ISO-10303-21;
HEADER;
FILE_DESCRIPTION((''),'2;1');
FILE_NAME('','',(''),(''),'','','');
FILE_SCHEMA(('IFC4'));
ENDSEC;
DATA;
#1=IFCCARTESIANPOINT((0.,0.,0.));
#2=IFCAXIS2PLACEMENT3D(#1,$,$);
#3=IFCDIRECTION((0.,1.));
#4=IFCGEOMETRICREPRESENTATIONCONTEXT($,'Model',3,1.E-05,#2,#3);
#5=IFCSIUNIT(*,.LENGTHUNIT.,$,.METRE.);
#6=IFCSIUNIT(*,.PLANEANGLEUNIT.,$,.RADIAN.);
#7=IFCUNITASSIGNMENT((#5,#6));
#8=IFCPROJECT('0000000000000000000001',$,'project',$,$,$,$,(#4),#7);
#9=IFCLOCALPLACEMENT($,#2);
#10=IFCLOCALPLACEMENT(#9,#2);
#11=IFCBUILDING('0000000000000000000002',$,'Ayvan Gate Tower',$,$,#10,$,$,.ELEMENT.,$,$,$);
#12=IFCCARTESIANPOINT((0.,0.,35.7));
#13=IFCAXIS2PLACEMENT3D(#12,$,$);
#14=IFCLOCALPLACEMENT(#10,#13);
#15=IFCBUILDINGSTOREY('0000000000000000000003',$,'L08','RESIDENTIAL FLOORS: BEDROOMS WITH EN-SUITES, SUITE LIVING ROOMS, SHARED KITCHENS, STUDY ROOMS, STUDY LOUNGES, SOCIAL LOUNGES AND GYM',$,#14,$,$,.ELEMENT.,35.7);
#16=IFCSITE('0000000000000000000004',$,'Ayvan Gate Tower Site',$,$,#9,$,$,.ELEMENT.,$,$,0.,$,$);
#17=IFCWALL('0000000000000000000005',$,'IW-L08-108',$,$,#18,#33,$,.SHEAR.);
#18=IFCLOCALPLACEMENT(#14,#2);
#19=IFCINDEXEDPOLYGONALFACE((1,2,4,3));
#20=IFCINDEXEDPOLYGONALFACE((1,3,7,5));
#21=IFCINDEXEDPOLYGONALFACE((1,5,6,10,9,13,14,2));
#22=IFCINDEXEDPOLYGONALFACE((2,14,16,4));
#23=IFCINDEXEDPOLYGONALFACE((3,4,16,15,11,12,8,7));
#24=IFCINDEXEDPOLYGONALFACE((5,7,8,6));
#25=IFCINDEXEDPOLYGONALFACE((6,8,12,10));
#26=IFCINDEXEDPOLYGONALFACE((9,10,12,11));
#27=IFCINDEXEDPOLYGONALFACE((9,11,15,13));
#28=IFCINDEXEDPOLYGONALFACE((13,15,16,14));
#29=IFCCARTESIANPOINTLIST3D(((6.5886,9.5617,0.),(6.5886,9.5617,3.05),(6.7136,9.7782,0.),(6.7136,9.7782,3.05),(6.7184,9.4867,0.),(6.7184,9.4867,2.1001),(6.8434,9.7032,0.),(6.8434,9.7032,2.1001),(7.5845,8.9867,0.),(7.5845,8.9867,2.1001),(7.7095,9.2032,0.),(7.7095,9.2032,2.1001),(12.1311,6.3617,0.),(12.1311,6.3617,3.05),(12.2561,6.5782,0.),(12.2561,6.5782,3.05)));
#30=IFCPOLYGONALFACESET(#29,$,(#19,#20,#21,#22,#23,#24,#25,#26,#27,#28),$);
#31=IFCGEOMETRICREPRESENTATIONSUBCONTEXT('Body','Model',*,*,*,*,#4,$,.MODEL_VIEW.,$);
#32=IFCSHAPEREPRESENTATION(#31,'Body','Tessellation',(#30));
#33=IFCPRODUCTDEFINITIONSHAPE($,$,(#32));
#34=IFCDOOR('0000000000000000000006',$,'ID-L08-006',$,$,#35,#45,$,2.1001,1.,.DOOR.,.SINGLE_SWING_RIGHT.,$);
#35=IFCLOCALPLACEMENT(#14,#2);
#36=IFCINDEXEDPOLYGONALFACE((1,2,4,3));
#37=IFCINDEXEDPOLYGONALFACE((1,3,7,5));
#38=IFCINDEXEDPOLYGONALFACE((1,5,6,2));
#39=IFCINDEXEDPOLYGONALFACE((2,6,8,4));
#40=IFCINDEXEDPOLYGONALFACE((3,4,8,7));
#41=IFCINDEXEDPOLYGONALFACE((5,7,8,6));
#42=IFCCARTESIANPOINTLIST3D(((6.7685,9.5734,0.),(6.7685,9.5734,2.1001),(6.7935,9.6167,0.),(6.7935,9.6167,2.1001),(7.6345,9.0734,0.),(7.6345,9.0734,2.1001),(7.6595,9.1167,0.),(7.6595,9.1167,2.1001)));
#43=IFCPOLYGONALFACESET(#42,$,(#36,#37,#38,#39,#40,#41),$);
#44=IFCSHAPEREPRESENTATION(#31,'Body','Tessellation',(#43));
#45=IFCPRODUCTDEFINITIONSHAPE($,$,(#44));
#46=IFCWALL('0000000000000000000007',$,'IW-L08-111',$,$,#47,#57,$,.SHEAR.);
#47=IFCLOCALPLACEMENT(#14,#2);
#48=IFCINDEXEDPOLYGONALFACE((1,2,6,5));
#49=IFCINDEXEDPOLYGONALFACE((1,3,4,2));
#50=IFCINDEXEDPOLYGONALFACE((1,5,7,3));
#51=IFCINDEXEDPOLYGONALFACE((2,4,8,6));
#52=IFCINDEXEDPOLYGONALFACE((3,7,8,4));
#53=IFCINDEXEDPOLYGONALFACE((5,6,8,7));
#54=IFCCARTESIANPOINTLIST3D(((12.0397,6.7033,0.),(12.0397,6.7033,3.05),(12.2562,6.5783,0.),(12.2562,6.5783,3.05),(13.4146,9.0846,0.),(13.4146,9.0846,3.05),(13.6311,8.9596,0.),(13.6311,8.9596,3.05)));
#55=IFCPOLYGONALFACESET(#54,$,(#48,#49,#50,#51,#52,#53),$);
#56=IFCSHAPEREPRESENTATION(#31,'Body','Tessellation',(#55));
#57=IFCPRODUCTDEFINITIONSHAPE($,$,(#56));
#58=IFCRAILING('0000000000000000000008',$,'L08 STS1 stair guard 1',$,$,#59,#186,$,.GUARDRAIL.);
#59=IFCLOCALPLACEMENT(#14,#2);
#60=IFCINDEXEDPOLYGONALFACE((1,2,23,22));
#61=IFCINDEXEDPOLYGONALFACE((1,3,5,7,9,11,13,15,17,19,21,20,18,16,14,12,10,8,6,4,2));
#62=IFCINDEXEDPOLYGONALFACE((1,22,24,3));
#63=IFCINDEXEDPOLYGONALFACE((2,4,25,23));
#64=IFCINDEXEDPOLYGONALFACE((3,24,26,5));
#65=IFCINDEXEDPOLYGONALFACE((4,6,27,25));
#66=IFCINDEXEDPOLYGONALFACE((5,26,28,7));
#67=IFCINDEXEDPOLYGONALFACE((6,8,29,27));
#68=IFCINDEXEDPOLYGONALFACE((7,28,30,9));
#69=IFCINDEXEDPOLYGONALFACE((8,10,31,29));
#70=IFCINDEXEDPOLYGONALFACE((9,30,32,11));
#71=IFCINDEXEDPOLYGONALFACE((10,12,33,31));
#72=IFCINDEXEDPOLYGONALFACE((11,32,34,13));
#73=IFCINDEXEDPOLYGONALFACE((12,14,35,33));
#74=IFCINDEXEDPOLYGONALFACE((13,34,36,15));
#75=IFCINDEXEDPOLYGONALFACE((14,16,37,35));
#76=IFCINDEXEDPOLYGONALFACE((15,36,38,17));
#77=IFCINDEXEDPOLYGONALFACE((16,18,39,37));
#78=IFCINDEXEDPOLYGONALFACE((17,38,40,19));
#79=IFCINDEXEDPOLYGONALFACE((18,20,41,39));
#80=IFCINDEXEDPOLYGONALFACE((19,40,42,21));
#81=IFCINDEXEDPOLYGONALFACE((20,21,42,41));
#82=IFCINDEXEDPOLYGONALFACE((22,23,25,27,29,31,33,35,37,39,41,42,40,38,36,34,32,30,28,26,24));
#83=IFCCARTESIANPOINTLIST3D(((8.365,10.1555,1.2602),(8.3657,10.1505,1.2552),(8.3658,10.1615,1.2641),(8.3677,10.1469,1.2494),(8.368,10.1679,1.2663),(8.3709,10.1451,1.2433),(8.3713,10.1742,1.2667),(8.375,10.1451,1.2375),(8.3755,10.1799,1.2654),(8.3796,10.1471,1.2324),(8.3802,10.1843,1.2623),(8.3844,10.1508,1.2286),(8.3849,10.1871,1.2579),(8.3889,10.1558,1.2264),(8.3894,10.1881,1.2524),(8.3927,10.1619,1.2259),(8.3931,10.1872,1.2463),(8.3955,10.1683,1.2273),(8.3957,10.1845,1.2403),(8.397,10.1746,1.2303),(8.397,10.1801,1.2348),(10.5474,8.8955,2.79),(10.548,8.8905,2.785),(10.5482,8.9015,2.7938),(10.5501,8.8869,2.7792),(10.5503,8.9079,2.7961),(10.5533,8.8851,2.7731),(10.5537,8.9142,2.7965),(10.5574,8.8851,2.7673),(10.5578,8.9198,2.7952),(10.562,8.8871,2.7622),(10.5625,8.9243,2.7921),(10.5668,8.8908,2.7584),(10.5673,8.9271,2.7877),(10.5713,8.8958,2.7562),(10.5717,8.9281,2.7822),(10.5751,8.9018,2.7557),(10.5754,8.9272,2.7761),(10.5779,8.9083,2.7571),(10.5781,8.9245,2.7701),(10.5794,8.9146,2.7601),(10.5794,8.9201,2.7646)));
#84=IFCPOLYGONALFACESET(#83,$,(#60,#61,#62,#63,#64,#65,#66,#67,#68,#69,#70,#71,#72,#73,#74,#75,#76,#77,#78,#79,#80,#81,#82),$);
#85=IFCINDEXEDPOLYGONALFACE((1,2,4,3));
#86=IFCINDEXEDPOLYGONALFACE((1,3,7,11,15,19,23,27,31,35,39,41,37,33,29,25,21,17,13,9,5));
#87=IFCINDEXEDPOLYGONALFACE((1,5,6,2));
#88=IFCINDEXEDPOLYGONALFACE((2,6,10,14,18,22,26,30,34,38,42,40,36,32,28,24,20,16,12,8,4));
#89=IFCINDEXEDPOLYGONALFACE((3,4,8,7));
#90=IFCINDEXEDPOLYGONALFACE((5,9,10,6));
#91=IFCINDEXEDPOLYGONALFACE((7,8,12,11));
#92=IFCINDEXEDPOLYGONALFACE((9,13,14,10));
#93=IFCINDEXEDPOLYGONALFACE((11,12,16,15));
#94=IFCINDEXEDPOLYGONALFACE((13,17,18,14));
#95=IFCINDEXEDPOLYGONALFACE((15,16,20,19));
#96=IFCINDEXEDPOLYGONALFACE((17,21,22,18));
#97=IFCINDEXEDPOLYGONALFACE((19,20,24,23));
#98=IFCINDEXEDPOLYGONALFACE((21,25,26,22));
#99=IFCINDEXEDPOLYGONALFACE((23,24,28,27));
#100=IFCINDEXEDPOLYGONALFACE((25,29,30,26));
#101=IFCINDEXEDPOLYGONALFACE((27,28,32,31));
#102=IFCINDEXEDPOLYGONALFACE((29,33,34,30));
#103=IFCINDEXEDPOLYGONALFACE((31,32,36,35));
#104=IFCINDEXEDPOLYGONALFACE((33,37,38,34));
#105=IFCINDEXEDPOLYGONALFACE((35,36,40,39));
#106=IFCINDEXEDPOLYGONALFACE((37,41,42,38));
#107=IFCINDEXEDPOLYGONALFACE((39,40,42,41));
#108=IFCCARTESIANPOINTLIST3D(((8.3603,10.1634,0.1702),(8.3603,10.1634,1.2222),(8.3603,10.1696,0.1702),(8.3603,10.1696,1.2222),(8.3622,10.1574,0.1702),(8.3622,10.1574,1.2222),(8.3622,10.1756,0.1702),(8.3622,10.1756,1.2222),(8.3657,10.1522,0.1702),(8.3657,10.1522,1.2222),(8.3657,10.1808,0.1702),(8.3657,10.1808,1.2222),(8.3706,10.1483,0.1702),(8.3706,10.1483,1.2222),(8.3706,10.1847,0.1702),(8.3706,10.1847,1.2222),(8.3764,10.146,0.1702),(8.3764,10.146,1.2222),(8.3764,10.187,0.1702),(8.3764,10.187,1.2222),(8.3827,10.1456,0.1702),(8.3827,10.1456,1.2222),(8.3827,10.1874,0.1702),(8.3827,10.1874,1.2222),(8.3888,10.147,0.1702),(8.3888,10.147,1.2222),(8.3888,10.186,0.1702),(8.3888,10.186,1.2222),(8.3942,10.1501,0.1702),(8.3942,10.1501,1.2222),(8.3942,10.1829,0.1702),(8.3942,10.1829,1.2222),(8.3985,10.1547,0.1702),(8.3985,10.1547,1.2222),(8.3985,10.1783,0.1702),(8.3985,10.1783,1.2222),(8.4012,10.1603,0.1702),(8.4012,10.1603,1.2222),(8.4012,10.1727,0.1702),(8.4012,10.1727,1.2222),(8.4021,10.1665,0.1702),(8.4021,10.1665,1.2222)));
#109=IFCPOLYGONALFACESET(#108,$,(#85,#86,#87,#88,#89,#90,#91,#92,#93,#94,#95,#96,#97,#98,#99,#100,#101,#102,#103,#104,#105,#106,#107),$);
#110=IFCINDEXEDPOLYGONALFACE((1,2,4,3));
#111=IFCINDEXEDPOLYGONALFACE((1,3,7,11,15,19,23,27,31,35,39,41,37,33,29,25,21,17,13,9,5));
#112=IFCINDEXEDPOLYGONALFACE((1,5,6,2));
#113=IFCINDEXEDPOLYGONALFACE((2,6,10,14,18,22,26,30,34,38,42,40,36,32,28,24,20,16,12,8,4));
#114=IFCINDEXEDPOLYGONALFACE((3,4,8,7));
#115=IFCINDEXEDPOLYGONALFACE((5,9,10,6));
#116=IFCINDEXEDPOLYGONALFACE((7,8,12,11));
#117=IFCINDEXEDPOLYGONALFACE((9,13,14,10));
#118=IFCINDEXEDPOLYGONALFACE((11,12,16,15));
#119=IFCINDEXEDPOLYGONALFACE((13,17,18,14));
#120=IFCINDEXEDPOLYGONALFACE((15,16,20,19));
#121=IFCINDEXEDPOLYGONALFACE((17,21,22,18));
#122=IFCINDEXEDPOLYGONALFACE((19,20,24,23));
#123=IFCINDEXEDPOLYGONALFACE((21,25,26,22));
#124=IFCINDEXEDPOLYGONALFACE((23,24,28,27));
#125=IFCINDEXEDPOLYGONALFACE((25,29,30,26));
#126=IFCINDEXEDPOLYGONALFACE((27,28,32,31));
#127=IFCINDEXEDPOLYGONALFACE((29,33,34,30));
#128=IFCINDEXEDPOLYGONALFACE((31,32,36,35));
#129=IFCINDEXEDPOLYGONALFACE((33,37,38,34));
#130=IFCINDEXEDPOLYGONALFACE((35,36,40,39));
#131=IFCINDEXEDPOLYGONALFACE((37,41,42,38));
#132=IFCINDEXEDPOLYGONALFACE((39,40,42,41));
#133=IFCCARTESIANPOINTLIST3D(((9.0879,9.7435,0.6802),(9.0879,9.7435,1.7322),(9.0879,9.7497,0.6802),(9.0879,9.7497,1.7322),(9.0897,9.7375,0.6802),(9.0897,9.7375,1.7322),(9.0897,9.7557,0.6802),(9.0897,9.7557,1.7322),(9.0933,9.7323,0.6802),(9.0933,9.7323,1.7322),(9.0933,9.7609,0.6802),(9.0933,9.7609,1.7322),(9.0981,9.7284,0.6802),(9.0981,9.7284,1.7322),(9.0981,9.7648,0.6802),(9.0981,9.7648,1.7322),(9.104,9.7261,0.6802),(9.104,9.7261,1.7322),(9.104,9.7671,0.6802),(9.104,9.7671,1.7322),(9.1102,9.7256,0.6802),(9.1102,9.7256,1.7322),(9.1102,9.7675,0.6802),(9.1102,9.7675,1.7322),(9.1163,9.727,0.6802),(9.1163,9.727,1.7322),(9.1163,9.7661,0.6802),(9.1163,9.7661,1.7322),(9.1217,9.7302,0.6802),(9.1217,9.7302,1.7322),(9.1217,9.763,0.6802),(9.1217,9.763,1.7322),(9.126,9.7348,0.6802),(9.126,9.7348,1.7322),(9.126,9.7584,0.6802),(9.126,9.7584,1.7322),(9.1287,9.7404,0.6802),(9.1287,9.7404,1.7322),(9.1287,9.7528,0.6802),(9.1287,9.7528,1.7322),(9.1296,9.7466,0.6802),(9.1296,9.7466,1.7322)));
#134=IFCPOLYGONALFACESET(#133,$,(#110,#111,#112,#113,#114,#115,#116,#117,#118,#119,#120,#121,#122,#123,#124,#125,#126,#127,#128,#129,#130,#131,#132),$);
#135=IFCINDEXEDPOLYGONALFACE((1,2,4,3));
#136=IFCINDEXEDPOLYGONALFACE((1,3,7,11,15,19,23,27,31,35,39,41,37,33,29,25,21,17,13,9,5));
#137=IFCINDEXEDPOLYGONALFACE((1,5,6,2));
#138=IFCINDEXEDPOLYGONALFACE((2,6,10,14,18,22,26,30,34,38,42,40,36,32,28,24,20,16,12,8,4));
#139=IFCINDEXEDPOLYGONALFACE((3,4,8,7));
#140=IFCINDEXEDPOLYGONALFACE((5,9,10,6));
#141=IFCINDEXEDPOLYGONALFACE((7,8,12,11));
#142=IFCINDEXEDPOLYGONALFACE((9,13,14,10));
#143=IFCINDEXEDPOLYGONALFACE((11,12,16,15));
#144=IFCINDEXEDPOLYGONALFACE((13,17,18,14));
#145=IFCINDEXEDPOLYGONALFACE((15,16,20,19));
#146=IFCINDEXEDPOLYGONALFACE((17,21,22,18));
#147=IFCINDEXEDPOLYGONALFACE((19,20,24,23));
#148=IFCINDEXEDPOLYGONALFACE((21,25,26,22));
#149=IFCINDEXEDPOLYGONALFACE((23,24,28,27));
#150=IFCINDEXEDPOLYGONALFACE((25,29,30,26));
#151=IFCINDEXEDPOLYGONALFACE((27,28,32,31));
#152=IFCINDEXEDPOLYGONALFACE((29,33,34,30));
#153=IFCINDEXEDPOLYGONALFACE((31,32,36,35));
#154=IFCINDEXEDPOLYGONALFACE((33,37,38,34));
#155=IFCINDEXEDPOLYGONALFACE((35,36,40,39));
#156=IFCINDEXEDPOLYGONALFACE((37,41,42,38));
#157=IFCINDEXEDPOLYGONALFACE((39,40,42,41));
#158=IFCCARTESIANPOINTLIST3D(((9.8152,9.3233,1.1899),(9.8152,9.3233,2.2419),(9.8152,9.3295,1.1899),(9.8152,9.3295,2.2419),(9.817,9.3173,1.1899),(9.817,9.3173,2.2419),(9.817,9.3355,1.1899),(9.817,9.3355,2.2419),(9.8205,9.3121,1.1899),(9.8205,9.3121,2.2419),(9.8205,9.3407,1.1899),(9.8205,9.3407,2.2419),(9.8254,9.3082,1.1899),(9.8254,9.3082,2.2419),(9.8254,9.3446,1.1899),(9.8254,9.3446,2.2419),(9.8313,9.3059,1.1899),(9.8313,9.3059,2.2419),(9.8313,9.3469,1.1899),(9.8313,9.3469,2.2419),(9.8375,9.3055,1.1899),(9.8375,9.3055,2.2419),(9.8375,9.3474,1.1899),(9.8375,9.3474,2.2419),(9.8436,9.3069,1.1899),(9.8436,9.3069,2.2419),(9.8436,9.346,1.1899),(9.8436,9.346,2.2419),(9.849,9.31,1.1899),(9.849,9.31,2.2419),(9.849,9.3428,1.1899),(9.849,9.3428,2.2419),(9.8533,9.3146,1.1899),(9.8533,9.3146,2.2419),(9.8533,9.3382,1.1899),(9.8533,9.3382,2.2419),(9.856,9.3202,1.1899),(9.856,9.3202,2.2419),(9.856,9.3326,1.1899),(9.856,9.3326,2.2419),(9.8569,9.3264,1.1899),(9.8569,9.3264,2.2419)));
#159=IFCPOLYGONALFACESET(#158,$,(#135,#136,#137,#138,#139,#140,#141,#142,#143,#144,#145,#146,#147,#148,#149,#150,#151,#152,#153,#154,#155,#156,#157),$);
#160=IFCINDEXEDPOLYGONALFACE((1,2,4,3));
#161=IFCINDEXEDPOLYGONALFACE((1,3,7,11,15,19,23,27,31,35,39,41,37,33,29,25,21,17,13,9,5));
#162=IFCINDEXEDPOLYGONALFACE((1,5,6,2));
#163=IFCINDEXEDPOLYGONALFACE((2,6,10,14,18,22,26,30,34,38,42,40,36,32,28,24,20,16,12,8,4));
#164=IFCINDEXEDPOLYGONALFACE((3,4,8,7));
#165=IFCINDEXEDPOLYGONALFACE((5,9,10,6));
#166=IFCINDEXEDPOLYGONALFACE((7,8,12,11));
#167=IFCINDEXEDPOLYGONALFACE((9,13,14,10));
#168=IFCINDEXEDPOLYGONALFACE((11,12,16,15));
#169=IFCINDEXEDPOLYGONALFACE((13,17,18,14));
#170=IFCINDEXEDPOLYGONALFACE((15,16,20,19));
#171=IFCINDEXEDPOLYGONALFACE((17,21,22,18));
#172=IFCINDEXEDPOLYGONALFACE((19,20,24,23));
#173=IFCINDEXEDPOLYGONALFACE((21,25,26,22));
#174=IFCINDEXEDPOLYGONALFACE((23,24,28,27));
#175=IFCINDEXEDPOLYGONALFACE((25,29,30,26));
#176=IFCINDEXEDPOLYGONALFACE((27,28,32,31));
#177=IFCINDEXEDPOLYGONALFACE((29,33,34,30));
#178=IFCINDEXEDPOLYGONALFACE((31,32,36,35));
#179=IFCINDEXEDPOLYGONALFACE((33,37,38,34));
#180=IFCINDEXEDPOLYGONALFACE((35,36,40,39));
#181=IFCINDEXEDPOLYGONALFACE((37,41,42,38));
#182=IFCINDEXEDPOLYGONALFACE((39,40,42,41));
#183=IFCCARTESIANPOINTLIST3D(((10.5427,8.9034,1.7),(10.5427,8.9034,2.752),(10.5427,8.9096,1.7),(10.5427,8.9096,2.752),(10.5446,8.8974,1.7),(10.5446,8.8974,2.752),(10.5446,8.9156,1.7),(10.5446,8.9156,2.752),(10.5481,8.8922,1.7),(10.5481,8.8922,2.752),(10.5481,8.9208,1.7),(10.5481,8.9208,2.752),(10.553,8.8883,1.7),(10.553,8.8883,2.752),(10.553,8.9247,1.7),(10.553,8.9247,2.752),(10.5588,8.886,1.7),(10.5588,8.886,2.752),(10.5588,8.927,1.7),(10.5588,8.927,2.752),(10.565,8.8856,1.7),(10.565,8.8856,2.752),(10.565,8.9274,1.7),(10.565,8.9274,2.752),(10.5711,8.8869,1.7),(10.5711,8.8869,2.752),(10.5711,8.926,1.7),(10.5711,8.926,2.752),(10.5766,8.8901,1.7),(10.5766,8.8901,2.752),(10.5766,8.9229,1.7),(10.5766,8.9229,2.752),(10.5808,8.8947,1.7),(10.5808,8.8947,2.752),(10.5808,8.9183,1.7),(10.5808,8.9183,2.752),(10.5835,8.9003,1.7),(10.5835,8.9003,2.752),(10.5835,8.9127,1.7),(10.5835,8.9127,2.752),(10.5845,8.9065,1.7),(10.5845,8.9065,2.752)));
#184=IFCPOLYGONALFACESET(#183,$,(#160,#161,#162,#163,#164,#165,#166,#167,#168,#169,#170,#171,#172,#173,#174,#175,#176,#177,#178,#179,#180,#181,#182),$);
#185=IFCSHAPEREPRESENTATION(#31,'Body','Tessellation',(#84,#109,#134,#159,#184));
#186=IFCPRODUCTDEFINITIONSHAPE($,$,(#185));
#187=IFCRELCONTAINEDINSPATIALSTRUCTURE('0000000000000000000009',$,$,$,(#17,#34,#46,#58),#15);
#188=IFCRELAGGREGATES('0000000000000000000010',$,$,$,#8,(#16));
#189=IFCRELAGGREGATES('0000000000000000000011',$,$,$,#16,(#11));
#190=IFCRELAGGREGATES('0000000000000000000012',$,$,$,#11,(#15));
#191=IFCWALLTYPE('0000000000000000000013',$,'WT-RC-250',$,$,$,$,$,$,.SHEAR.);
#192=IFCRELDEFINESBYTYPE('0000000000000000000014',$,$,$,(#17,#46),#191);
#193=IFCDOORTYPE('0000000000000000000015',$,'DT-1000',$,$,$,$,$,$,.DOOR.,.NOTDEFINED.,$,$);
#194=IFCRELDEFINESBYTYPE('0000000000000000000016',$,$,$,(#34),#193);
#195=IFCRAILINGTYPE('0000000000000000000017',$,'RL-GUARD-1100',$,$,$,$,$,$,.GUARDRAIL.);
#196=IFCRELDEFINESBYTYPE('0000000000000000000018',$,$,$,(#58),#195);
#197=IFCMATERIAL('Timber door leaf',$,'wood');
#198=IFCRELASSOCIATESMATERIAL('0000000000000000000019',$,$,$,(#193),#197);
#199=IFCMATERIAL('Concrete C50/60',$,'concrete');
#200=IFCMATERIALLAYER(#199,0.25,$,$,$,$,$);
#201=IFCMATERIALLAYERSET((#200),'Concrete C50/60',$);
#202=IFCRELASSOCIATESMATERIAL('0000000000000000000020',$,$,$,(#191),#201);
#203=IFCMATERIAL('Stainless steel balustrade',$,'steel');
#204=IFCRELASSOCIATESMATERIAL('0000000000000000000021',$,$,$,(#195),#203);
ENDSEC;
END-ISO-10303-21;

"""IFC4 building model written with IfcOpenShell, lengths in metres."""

from ifc_helpers import new_model, si_unit, direction, frame, frame_2d, origin, origin_2d, place, context, subcontext, project, spatial, rectangle, circle, extrude, material, layer, layer_set, type_object, element, fill, save


model = new_model("IFC4")

# Units and contexts
model_context = context("Model", 3, precision=1e-05, world=origin(), true_north=direction((0.0, 1.0)))
body_context = subcontext(model_context, "Body", "Model", "MODEL_VIEW")
ifc_project = project(units=[si_unit("LENGTHUNIT", "METRE"), si_unit("PLANEANGLEUNIT", "RADIAN")], contexts=[model_context])

# Site, building, storey
site_placement = place(None, origin())
site = spatial("IfcSite", under=ifc_project, at=site_placement, Name="Ayvan Gate Tower Site", CompositionType="ELEMENT", RefElevation=0.0)
building_placement = place(site_placement, origin())
building = spatial("IfcBuilding", under=site, at=building_placement, Name="Ayvan Gate Tower", CompositionType="ELEMENT")
storey_placement = place(building_placement, frame((0.0, 0.0, 35.7)))
storey = spatial("IfcBuildingStorey", under=building, at=storey_placement, Name="L08", Description="RESIDENTIAL FLOORS: BEDROOMS WITH EN-SUITES, SUITE LIVING ROOMS, SHARED KITCHENS, STUDY ROOMS, STUDY LOUNGES, SOCIAL LOUNGES AND GYM", CompositionType="ELEMENT", Elevation=35.7)

# Shared definitions
ifc_material_1 = material(Name="Timber door leaf", Category="wood")

# Shared definitions
door_type_1 = type_object("IfcDoorType", Name="DT-1000", OperationType="NOTDEFINED", PredefinedType="DOOR", material=ifc_material_1)

# Wall, opening, door
ifc_material_2 = material(Name="Concrete C50/60", Category="concrete")
ifc_layer_1 = layer(ifc_material_2, 0.25)
ifc_layer_set_1 = layer_set([ifc_layer_1], Name="Concrete C50/60")
wall_type_1 = type_object("IfcWallType", Name="WT-RC-250", PredefinedType="SHEAR", material=ifc_layer_set_1)
wall_1_placement = place(storey_placement, frame((12.1936, 6.47, 0.0), z_axis=(0.0, 0.0, 1.0), x_axis=(-0.866025, 0.5, 0.0)))
wall_1 = element("IfcWall", 1, at=wall_1_placement, inside=storey, type_object=wall_type_1, Name="IW-L08-108", PredefinedType="SHEAR", context=body_context, shape_type="SweptSolid", body=[
    extrude(rectangle(XDim=6.3999, YDim=0.25, at=frame_2d((3.2, 0.0))), origin(), (0.0, 0.0, 1.0), 3.05),
])
opening_1_placement = place(wall_1_placement, frame((5.25, 0.0, 0.0)))
opening_1 = element("IfcOpeningElement", 2, at=opening_1_placement, cuts=wall_1, PredefinedType="OPENING", context=body_context, shape_type="SweptSolid", body=[
    extrude(rectangle(XDim=1.0, YDim=2.1001, at=frame_2d((0.5, 1.05))), frame((0.0, 0.135, 0.0), z_axis=(0.0, -1.0, 0.0), x_axis=(1.0, 0.0, 0.0)), (0.0, 0.0, 1.0), 0.27),
])
door_1_placement = place(opening_1_placement, origin())
door_1 = element("IfcDoor", 3, at=door_1_placement, inside=storey, type_object=door_type_1, Name="ID-L08-006", OperationType="SINGLE_SWING_RIGHT", OverallHeight=2.1001, OverallWidth=1.0, PredefinedType="DOOR", context=body_context, shape_type="SweptSolid", body=[
    extrude(rectangle(XDim=1.0, YDim=2.1001, at=frame_2d((0.5, 1.05))), frame((0.0, 0.0249, 0.0), z_axis=(0.0, -1.0, 0.0), x_axis=(1.0, 0.0, 0.0)), (0.0, 0.0, 1.0), 0.05),
])
fill(opening_1, door_1)

# Wall
wall_2_placement = place(storey_placement, frame((13.5229, 9.0222, 0.0), z_axis=(0.0, 0.0, 1.0), x_axis=(-0.500035, -0.866005, 0.0)))
element("IfcWall", 4, at=wall_2_placement, inside=storey, type_object=wall_type_1, Name="IW-L08-111", PredefinedType="SHEAR", context=body_context, shape_type="SweptSolid", body=[
    extrude(rectangle(XDim=2.7498, YDim=0.25, at=frame_2d((1.375, 0.0))), origin(), (0.0, 0.0, 1.0), 3.05),
])

# Railing
ifc_material_3 = material(Name="Stainless steel balustrade", Category="steel")
railing_type_1 = type_object("IfcRailingType", Name="RL-GUARD-1100", PredefinedType="GUARDRAIL", material=ifc_material_3)
railing_1_placement = place(storey_placement, frame((8.3811, 10.1665, 0.1702)))
element("IfcRailing", 5, at=railing_1_placement, inside=storey, type_object=railing_type_1, Name="L08 STS1 stair guard 1", PredefinedType="GUARDRAIL", context=body_context, shape_type="SweptSolid", body=[
    extrude(circle(Radius=0.0239, at=origin_2d()), frame((0.0, 0.0, 1.0762), z_axis=(0.740293, -0.427414, 0.518926), x_axis=(0.500005, 0.866023, 0.0)), (0.0, 0.0, 1.0), 2.948),
    extrude(circle(Radius=0.021, at=origin_2d()), origin(), (0.0, 0.0, 1.0), 1.052),
    extrude(circle(Radius=0.021, at=origin_2d()), frame((0.7275, -0.4199, 0.51)), (0.0, 0.0, 1.0), 1.052),
    extrude(circle(Radius=0.021, at=origin_2d()), frame((1.4548, -0.8401, 1.0198)), (0.0, 0.0, 1.0), 1.052),
    extrude(circle(Radius=0.021, at=origin_2d()), frame((2.1824, -1.26, 1.5298)), (0.0, 0.0, 1.0), 1.052),
])

save(model, "model.ifc")
